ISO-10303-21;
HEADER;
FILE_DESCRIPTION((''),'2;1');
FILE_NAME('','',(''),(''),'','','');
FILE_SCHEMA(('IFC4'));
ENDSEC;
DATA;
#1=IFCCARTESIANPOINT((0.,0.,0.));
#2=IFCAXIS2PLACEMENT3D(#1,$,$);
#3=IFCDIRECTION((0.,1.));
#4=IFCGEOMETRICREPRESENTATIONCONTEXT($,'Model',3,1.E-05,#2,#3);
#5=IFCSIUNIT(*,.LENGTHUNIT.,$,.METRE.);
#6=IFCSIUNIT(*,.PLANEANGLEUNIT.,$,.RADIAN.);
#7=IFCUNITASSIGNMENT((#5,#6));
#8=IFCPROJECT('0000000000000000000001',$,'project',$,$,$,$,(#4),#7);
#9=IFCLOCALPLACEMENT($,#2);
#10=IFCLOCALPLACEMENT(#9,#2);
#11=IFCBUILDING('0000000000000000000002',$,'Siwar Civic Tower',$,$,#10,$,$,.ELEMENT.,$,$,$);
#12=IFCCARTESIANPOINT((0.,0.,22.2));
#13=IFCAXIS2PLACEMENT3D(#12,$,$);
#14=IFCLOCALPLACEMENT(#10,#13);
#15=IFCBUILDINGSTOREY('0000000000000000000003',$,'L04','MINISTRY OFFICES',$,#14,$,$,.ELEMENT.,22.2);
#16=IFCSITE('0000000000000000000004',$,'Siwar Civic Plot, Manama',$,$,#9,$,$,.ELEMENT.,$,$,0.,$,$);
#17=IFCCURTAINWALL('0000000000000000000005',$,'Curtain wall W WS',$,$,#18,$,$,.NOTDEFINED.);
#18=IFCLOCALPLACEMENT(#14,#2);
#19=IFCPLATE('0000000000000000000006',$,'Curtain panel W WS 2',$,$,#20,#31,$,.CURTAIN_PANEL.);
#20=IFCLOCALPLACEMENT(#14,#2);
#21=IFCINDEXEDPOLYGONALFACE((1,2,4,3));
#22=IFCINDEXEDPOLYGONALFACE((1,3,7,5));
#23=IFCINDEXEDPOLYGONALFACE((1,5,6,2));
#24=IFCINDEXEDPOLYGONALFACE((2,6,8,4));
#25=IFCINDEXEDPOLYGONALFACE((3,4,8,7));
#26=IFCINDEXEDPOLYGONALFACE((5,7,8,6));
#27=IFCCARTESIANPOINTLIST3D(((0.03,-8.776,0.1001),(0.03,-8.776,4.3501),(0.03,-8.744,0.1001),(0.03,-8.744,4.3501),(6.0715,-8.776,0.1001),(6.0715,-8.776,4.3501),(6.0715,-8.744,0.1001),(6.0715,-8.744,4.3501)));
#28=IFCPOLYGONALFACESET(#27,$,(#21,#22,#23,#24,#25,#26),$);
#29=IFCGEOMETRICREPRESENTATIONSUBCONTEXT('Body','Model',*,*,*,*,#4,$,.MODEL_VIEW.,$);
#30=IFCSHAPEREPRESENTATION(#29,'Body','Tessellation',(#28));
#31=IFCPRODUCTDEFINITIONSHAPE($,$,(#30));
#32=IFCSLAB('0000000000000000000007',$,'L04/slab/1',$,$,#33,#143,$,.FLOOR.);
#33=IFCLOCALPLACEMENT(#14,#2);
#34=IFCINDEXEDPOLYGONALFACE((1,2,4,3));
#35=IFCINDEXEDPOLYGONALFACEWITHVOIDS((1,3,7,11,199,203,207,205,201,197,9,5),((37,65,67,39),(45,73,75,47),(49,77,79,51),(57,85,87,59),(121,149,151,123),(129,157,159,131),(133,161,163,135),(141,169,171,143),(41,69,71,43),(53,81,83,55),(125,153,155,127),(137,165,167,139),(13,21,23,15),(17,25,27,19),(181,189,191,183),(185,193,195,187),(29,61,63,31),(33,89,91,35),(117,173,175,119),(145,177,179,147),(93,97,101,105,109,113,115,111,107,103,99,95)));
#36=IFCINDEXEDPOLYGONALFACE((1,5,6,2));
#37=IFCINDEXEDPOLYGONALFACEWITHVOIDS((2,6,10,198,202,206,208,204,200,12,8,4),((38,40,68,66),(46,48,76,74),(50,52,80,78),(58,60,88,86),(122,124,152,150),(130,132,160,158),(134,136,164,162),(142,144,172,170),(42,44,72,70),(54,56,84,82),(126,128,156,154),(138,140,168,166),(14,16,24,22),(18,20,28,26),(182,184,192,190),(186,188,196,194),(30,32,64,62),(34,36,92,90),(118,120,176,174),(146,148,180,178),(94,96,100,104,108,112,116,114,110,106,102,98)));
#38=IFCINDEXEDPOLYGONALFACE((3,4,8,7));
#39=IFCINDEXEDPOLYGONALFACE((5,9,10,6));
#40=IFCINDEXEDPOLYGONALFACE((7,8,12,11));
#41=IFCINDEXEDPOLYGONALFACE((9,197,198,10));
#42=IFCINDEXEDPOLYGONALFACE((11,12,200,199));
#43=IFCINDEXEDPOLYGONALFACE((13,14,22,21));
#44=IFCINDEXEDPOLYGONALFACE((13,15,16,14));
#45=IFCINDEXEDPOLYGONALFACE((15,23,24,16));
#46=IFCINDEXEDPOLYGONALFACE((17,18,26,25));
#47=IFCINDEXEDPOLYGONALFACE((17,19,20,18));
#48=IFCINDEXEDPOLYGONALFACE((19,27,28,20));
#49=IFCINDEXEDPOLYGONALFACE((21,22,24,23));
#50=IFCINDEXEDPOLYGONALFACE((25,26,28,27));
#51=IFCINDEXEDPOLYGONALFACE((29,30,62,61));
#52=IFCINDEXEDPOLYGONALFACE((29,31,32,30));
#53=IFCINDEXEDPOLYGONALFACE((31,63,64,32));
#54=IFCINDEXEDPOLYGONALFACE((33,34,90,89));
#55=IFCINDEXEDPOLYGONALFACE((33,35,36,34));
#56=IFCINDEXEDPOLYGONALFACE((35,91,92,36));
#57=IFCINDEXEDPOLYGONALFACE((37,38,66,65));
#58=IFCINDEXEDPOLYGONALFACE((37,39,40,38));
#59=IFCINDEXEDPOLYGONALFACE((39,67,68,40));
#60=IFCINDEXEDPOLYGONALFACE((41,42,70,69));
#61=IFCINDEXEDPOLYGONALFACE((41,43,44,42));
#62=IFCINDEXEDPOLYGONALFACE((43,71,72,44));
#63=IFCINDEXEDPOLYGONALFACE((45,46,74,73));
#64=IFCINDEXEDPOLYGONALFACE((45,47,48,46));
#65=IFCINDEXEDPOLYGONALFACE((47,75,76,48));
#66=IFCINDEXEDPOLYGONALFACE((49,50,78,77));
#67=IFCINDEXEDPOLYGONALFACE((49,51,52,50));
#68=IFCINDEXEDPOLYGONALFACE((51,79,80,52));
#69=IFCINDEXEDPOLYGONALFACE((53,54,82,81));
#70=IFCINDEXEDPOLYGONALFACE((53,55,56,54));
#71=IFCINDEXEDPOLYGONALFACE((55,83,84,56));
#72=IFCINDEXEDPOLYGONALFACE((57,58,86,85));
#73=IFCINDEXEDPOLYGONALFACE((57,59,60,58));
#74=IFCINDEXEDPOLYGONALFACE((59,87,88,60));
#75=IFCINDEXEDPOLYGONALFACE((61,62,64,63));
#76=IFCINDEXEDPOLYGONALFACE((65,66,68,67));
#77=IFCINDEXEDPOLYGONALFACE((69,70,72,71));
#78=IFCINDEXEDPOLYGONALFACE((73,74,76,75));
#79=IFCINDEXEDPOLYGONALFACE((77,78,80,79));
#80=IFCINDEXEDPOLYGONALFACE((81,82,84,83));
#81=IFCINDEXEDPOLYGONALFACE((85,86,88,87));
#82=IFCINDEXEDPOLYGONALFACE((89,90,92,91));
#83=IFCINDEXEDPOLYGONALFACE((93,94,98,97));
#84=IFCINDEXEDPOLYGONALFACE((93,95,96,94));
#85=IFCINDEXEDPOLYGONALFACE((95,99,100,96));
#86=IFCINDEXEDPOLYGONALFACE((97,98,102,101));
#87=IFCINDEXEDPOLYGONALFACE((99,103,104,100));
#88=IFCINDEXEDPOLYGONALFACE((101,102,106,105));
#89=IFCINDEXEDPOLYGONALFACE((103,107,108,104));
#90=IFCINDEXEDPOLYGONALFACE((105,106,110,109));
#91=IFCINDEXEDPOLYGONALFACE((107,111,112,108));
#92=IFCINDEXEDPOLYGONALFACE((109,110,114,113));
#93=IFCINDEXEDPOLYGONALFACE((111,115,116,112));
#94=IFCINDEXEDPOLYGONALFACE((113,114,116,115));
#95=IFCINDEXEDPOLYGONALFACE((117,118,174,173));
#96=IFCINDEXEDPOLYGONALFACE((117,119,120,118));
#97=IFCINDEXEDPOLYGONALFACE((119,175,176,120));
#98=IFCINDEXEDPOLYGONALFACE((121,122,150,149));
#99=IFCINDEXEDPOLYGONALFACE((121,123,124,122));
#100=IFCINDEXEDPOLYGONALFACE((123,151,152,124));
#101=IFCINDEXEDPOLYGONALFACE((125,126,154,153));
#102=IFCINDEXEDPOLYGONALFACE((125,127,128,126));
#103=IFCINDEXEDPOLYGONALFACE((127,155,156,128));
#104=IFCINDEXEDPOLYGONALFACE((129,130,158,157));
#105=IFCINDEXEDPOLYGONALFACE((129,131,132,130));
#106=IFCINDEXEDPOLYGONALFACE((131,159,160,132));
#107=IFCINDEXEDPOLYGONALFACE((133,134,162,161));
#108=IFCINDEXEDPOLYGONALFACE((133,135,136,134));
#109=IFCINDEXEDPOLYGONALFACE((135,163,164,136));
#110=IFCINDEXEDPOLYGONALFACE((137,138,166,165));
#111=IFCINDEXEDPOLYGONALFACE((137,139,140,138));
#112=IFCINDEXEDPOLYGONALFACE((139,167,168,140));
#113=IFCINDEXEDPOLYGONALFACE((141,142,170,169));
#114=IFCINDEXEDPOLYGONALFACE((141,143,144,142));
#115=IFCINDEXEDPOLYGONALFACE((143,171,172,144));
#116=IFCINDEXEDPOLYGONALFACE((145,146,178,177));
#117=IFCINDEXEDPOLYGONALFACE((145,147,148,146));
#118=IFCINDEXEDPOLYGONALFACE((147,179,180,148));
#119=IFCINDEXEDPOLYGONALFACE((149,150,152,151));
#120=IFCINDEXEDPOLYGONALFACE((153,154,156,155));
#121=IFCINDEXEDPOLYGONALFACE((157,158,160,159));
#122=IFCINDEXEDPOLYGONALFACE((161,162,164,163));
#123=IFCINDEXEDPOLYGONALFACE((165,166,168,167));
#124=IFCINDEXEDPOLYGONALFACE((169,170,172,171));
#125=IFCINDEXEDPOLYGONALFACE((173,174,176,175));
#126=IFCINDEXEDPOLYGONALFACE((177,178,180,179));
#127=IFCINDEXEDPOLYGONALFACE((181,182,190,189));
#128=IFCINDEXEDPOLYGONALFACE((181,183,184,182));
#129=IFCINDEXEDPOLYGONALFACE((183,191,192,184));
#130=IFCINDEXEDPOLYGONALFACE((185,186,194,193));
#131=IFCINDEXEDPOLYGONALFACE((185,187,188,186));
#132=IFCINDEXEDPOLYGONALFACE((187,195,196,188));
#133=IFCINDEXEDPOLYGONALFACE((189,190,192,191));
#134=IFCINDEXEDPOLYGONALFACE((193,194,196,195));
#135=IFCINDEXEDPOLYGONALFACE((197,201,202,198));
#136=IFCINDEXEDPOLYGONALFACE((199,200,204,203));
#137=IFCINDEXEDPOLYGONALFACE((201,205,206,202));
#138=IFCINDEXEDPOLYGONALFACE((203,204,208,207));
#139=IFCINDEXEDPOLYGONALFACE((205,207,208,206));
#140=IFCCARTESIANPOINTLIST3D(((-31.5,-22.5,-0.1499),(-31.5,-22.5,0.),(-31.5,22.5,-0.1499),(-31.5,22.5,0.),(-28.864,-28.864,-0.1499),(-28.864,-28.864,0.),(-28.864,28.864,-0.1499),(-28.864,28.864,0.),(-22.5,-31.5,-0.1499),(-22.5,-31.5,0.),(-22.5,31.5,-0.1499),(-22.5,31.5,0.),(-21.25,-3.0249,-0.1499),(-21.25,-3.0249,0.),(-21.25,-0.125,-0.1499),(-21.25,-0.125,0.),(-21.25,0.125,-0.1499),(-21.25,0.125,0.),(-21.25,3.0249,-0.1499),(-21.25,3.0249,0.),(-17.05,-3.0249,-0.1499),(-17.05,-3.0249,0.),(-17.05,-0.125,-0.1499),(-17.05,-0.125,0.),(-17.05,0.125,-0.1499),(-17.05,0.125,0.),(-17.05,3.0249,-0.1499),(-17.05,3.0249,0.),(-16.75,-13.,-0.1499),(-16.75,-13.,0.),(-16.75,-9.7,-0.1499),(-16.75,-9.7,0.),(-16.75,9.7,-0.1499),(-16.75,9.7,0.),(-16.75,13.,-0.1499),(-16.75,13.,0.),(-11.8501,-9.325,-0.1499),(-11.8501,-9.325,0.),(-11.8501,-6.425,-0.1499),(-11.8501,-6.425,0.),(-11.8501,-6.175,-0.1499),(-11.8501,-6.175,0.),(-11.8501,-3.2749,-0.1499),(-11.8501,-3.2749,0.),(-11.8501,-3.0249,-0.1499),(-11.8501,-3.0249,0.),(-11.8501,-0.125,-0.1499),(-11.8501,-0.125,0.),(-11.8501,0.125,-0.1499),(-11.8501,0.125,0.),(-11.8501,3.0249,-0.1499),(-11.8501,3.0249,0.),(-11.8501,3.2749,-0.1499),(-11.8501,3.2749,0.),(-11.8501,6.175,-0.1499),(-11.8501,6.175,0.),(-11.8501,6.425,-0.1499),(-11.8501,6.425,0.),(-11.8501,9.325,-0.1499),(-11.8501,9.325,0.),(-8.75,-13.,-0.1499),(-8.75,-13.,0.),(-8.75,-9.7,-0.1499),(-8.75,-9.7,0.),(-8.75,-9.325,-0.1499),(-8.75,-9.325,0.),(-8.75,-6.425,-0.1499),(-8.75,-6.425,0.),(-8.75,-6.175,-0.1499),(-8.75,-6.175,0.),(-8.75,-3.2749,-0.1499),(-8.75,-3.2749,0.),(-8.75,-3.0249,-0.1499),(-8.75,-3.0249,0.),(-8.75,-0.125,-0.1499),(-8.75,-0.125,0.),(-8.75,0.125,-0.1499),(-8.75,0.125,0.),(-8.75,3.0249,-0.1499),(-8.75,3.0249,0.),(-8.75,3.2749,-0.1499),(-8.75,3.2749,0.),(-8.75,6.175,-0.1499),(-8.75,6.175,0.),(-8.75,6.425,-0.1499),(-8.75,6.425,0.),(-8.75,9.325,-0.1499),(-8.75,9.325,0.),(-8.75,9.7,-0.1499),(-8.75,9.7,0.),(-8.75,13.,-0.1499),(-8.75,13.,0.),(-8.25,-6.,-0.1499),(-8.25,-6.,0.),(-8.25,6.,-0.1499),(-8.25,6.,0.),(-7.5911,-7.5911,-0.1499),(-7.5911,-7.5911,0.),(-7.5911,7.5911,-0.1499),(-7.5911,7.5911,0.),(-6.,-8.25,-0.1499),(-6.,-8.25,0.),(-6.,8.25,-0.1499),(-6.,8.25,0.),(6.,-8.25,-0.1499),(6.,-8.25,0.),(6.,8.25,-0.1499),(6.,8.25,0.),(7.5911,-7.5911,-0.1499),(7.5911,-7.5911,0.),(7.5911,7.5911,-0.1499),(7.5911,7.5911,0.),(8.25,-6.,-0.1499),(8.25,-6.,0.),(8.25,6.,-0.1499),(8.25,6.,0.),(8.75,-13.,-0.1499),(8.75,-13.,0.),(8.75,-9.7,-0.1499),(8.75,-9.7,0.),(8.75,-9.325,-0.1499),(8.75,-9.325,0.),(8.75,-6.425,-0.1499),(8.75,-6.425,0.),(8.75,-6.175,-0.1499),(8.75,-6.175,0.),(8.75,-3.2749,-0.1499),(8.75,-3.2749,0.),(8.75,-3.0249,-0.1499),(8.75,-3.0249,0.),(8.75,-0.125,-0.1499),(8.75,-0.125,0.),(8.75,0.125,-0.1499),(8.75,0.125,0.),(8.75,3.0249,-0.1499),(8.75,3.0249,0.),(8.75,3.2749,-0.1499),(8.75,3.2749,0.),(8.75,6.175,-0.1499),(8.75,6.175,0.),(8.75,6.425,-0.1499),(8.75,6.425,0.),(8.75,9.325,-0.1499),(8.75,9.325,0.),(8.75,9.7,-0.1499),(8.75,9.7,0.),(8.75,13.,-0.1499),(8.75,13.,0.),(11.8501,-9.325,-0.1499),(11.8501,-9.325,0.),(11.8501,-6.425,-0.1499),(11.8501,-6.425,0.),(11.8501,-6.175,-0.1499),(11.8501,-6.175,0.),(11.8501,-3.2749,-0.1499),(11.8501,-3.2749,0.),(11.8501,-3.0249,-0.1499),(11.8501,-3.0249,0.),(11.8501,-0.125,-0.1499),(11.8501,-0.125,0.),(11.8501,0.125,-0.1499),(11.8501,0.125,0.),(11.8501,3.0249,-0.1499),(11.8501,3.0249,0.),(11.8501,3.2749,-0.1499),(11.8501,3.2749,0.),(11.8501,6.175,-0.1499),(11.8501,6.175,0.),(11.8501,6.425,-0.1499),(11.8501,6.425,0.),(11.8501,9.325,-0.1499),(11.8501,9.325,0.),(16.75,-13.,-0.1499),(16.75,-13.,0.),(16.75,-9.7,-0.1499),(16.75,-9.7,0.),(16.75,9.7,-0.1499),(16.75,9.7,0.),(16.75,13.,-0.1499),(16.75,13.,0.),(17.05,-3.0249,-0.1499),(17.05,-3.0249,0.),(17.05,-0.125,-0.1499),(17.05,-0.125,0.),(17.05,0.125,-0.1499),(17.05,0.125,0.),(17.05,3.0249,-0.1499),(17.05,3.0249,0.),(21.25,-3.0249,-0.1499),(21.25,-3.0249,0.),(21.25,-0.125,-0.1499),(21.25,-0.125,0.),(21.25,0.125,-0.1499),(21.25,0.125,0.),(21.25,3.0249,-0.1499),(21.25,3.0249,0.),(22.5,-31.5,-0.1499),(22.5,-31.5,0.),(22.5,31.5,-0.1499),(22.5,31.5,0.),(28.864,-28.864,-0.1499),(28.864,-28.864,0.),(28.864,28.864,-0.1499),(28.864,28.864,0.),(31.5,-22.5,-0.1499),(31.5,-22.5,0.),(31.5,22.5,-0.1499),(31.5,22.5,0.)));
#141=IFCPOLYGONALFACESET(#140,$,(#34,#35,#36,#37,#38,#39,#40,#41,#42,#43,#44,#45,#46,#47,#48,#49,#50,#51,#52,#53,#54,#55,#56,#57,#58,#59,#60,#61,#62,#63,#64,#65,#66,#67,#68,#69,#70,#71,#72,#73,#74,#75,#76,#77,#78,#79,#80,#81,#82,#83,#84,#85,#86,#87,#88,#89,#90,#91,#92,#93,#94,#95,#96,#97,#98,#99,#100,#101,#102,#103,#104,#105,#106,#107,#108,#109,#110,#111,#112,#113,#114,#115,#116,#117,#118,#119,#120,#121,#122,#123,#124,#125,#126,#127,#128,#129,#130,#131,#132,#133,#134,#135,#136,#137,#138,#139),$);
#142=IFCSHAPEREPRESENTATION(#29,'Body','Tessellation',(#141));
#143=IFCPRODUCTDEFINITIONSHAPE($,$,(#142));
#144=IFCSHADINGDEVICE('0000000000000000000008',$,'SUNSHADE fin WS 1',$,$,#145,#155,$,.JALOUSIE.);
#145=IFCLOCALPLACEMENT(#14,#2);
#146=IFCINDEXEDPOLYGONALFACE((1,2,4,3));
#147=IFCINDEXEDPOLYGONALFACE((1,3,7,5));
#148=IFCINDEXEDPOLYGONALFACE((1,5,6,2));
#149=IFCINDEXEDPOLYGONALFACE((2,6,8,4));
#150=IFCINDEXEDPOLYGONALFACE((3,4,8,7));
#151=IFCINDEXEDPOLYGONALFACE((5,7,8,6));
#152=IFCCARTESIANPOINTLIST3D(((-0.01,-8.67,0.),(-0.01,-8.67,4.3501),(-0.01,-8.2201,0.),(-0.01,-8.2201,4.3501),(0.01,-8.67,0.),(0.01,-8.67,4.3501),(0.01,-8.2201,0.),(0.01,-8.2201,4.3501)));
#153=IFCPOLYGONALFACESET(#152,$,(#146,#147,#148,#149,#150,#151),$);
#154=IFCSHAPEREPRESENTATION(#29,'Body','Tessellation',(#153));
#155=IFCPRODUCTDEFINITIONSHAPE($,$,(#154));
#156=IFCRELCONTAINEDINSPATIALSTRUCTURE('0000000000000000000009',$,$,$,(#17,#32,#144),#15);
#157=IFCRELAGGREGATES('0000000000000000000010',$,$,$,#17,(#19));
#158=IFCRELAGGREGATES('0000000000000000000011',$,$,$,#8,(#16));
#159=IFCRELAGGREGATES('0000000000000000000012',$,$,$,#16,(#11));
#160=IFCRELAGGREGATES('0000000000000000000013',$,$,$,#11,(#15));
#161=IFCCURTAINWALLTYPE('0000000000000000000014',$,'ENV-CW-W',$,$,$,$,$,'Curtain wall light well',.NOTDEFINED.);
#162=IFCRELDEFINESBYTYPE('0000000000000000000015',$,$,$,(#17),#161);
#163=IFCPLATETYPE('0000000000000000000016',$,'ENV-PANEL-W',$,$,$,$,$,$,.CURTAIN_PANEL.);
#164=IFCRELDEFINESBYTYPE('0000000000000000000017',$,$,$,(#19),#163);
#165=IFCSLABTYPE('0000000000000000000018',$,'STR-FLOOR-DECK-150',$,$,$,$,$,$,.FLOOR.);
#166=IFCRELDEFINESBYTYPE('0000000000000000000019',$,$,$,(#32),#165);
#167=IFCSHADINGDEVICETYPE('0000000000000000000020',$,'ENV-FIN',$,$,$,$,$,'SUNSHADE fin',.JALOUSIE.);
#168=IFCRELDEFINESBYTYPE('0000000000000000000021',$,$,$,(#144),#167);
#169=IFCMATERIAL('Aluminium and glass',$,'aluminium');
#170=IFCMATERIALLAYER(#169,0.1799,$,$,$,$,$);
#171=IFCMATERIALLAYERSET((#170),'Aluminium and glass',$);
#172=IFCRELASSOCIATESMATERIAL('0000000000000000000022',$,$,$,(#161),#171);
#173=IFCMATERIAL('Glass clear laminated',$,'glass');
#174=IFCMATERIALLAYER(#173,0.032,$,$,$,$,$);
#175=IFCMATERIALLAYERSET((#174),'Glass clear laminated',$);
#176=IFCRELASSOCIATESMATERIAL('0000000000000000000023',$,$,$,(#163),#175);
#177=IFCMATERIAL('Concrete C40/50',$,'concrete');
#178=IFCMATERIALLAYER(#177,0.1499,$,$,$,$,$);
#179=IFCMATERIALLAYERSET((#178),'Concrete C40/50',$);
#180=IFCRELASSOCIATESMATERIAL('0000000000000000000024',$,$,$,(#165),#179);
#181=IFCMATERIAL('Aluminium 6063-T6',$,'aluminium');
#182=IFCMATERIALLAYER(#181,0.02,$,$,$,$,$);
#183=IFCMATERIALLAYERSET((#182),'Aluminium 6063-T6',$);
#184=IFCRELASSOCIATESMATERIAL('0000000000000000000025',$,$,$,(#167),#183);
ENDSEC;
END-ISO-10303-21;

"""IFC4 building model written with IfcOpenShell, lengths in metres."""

from ifc_helpers import new_model, si_unit, direction, frame, origin, origin_2d, place, context, subcontext, project, spatial, polyline, rectangle, outline, extrude, material, layer, layer_set, type_object, element, aggregate, save


model = new_model("IFC4")

# Units and contexts
model_context = context("Model", 3, precision=1e-05, world=origin(), true_north=direction((0.0, 1.0)))
body_context = subcontext(model_context, "Body", "Model", "MODEL_VIEW")
ifc_project = project(units=[si_unit("LENGTHUNIT", "METRE"), si_unit("PLANEANGLEUNIT", "RADIAN")], contexts=[model_context])

# Site, building, storey
site_placement = place(None, origin())
site = spatial("IfcSite", under=ifc_project, at=site_placement, Name="Siwar Civic Plot, Manama", CompositionType="ELEMENT", RefElevation=0.0)
building_placement = place(site_placement, origin())
building = spatial("IfcBuilding", under=site, at=building_placement, Name="Siwar Civic Tower", CompositionType="ELEMENT")
storey_placement = place(building_placement, frame((0.0, 0.0, 22.2)))
storey = spatial("IfcBuildingStorey", under=building, at=storey_placement, Name="L04", Description="MINISTRY OFFICES", CompositionType="ELEMENT", Elevation=22.2)

# Curtain wall
ifc_material_1 = material(Name="Aluminium and glass", Category="aluminium")
ifc_layer_1 = layer(ifc_material_1, 0.1799)
ifc_layer_set_1 = layer_set([ifc_layer_1], Name="Aluminium and glass")
curtain_wall_type = type_object("IfcCurtainWallType", Name="ENV-CW-W", ElementType="Curtain wall light well", PredefinedType="NOTDEFINED", material=ifc_layer_set_1)
curtain_wall_placement = place(storey_placement, origin())
curtain_wall = element("IfcCurtainWall", 1, at=curtain_wall_placement, inside=storey, type_object=curtain_wall_type, Name="Curtain wall W WS", PredefinedType="NOTDEFINED")

# Plate
ifc_material_2 = material(Name="Glass clear laminated", Category="glass")
ifc_layer_2 = layer(ifc_material_2, 0.032)
ifc_layer_set_2 = layer_set([ifc_layer_2], Name="Glass clear laminated")
plate_type = type_object("IfcPlateType", Name="ENV-PANEL-W", PredefinedType="CURTAIN_PANEL", material=ifc_layer_set_2)
plate_placement = place(storey_placement, frame((3.0508, -8.76, 0.1001), z_axis=(0.0, 0.0, 1.0), x_axis=(1.0, 0.0, 0.0)))
plate = element("IfcPlate", 2, at=plate_placement, type_object=plate_type, Name="Curtain panel W WS 2", PredefinedType="CURTAIN_PANEL", context=body_context, shape_type="SweptSolid", body=[
    extrude(rectangle(XDim=6.0415, YDim=0.032, at=origin_2d()), origin(), (0.0, 0.0, 1.0), 4.25),
])
aggregate(curtain_wall, [plate])

# Slab
ifc_material_3 = material(Name="Concrete C40/50", Category="concrete")
ifc_layer_3 = layer(ifc_material_3, 0.1499)
ifc_layer_set_3 = layer_set([ifc_layer_3], Name="Concrete C40/50")
slab_type_1 = type_object("IfcSlabType", Name="STR-FLOOR-DECK-150", PredefinedType="FLOOR", material=ifc_layer_set_3)
slab_1_placement = place(storey_placement, frame((0.0, 0.0, -0.1499)))
element("IfcSlab", 3, at=slab_1_placement, inside=storey, type_object=slab_type_1, Name="L04/slab/1", PredefinedType="FLOOR", context=body_context, shape_type="SweptSolid", body=[
    extrude(outline(polyline([(-22.5, -31.5), (22.5, -31.5), (28.864, -28.864), (31.5, -22.5), (31.5, 22.5), (28.864, 28.864), (22.5, 31.5), (-22.5, 31.5), (-28.864, 28.864), (-31.5, 22.5), (-31.5, -22.5), (-28.864, -28.864), (-22.5, -31.5)]), holes=[polyline([(21.25, 3.0249), (21.25, 0.125), (17.05, 0.125), (17.05, 3.0249), (21.25, 3.0249)]), polyline([(17.05, -0.125), (21.25, -0.125), (21.25, -3.0249), (17.05, -3.0249), (17.05, -0.125)]), polyline([(16.75, 13.0), (16.75, 9.7), (8.75, 9.7), (8.75, 13.0), (16.75, 13.0)]), polyline([(8.75, -9.7), (16.75, -9.7), (16.75, -13.0), (8.75, -13.0), (8.75, -9.7)]), polyline([(11.8501, 9.325), (11.8501, 6.425), (8.75, 6.425), (8.75, 9.325), (11.8501, 9.325)]), polyline([(11.8501, 3.0249), (11.8501, 0.125), (8.75, 0.125), (8.75, 3.0249), (11.8501, 3.0249)]), polyline([(11.8501, -0.125), (11.8501, -3.0249), (8.75, -3.0249), (8.75, -0.125), (11.8501, -0.125)]), polyline([(11.8501, -3.2749), (11.8501, -6.175), (8.75, -6.175), (8.75, -3.2749), (11.8501, -3.2749)]), polyline([(8.75, 6.175), (11.8501, 6.175), (11.8501, 3.2749), (8.75, 3.2749), (8.75, 6.175)]), polyline([(8.75, -6.425), (11.8501, -6.425), (11.8501, -9.325), (8.75, -9.325), (8.75, -6.425)]), polyline([(-6.0, 8.25), (6.0, 8.25), (7.5911, 7.5911), (8.25, 6.0), (8.25, -6.0), (7.5911, -7.5911), (6.0, -8.25), (-6.0, -8.25), (-7.5911, -7.5911), (-8.25, -6.0), (-8.25, 6.0), (-7.5911, 7.5911), (-6.0, 8.25)]), polyline([(-8.75, 9.7), (-16.75, 9.7), (-16.75, 13.0), (-8.75, 13.0), (-8.75, 9.7)]), polyline([(-8.75, 0.125), (-11.8501, 0.125), (-11.8501, 3.0249), (-8.75, 3.0249), (-8.75, 0.125)]), polyline([(-8.75, -6.175), (-11.8501, -6.175), (-11.8501, -3.2749), (-8.75, -3.2749), (-8.75, -6.175)]), polyline([(-8.75, -9.325), (-11.8501, -9.325), (-11.8501, -6.425), (-8.75, -6.425), (-8.75, -9.325)]), polyline([(-8.75, -13.0), (-16.75, -13.0), (-16.75, -9.7), (-8.75, -9.7), (-8.75, -13.0)]), polyline([(-11.8501, 6.425), (-11.8501, 9.325), (-8.75, 9.325), (-8.75, 6.425), (-11.8501, 6.425)]), polyline([(-11.8501, 3.2749), (-11.8501, 6.175), (-8.75, 6.175), (-8.75, 3.2749), (-11.8501, 3.2749)]), polyline([(-11.8501, -3.0249), (-11.8501, -0.125), (-8.75, -0.125), (-8.75, -3.0249), (-11.8501, -3.0249)]), polyline([(-21.25, -3.0249), (-21.25, -0.125), (-17.05, -0.125), (-17.05, -3.0249), (-21.25, -3.0249)]), polyline([(-17.05, 0.125), (-21.25, 0.125), (-21.25, 3.0249), (-17.05, 3.0249), (-17.05, 0.125)])]), origin(), (0.0, 0.0, 1.0), 0.1499),
])

# Shading device
ifc_material_4 = material(Name="Aluminium 6063-T6", Category="aluminium")
ifc_layer_4 = layer(ifc_material_4, 0.02)
ifc_layer_set_4 = layer_set([ifc_layer_4], Name="Aluminium 6063-T6")
shading_device_type = type_object("IfcShadingDeviceType", Name="ENV-FIN", ElementType="SUNSHADE fin", PredefinedType="JALOUSIE", material=ifc_layer_set_4)
shading_device_placement = place(storey_placement, frame((0.0, -8.4451, 0.0), z_axis=(0.0, 0.0, 1.0), x_axis=(1.0, 0.0, 0.0)))
element("IfcShadingDevice", 4, at=shading_device_placement, inside=storey, type_object=shading_device_type, Name="SUNSHADE fin WS 1", PredefinedType="JALOUSIE", context=body_context, shape_type="SweptSolid", body=[
    extrude(rectangle(XDim=0.02, YDim=0.45, at=origin_2d()), origin(), (0.0, 0.0, 1.0), 4.3501),
])

save(model, "model.ifc")
